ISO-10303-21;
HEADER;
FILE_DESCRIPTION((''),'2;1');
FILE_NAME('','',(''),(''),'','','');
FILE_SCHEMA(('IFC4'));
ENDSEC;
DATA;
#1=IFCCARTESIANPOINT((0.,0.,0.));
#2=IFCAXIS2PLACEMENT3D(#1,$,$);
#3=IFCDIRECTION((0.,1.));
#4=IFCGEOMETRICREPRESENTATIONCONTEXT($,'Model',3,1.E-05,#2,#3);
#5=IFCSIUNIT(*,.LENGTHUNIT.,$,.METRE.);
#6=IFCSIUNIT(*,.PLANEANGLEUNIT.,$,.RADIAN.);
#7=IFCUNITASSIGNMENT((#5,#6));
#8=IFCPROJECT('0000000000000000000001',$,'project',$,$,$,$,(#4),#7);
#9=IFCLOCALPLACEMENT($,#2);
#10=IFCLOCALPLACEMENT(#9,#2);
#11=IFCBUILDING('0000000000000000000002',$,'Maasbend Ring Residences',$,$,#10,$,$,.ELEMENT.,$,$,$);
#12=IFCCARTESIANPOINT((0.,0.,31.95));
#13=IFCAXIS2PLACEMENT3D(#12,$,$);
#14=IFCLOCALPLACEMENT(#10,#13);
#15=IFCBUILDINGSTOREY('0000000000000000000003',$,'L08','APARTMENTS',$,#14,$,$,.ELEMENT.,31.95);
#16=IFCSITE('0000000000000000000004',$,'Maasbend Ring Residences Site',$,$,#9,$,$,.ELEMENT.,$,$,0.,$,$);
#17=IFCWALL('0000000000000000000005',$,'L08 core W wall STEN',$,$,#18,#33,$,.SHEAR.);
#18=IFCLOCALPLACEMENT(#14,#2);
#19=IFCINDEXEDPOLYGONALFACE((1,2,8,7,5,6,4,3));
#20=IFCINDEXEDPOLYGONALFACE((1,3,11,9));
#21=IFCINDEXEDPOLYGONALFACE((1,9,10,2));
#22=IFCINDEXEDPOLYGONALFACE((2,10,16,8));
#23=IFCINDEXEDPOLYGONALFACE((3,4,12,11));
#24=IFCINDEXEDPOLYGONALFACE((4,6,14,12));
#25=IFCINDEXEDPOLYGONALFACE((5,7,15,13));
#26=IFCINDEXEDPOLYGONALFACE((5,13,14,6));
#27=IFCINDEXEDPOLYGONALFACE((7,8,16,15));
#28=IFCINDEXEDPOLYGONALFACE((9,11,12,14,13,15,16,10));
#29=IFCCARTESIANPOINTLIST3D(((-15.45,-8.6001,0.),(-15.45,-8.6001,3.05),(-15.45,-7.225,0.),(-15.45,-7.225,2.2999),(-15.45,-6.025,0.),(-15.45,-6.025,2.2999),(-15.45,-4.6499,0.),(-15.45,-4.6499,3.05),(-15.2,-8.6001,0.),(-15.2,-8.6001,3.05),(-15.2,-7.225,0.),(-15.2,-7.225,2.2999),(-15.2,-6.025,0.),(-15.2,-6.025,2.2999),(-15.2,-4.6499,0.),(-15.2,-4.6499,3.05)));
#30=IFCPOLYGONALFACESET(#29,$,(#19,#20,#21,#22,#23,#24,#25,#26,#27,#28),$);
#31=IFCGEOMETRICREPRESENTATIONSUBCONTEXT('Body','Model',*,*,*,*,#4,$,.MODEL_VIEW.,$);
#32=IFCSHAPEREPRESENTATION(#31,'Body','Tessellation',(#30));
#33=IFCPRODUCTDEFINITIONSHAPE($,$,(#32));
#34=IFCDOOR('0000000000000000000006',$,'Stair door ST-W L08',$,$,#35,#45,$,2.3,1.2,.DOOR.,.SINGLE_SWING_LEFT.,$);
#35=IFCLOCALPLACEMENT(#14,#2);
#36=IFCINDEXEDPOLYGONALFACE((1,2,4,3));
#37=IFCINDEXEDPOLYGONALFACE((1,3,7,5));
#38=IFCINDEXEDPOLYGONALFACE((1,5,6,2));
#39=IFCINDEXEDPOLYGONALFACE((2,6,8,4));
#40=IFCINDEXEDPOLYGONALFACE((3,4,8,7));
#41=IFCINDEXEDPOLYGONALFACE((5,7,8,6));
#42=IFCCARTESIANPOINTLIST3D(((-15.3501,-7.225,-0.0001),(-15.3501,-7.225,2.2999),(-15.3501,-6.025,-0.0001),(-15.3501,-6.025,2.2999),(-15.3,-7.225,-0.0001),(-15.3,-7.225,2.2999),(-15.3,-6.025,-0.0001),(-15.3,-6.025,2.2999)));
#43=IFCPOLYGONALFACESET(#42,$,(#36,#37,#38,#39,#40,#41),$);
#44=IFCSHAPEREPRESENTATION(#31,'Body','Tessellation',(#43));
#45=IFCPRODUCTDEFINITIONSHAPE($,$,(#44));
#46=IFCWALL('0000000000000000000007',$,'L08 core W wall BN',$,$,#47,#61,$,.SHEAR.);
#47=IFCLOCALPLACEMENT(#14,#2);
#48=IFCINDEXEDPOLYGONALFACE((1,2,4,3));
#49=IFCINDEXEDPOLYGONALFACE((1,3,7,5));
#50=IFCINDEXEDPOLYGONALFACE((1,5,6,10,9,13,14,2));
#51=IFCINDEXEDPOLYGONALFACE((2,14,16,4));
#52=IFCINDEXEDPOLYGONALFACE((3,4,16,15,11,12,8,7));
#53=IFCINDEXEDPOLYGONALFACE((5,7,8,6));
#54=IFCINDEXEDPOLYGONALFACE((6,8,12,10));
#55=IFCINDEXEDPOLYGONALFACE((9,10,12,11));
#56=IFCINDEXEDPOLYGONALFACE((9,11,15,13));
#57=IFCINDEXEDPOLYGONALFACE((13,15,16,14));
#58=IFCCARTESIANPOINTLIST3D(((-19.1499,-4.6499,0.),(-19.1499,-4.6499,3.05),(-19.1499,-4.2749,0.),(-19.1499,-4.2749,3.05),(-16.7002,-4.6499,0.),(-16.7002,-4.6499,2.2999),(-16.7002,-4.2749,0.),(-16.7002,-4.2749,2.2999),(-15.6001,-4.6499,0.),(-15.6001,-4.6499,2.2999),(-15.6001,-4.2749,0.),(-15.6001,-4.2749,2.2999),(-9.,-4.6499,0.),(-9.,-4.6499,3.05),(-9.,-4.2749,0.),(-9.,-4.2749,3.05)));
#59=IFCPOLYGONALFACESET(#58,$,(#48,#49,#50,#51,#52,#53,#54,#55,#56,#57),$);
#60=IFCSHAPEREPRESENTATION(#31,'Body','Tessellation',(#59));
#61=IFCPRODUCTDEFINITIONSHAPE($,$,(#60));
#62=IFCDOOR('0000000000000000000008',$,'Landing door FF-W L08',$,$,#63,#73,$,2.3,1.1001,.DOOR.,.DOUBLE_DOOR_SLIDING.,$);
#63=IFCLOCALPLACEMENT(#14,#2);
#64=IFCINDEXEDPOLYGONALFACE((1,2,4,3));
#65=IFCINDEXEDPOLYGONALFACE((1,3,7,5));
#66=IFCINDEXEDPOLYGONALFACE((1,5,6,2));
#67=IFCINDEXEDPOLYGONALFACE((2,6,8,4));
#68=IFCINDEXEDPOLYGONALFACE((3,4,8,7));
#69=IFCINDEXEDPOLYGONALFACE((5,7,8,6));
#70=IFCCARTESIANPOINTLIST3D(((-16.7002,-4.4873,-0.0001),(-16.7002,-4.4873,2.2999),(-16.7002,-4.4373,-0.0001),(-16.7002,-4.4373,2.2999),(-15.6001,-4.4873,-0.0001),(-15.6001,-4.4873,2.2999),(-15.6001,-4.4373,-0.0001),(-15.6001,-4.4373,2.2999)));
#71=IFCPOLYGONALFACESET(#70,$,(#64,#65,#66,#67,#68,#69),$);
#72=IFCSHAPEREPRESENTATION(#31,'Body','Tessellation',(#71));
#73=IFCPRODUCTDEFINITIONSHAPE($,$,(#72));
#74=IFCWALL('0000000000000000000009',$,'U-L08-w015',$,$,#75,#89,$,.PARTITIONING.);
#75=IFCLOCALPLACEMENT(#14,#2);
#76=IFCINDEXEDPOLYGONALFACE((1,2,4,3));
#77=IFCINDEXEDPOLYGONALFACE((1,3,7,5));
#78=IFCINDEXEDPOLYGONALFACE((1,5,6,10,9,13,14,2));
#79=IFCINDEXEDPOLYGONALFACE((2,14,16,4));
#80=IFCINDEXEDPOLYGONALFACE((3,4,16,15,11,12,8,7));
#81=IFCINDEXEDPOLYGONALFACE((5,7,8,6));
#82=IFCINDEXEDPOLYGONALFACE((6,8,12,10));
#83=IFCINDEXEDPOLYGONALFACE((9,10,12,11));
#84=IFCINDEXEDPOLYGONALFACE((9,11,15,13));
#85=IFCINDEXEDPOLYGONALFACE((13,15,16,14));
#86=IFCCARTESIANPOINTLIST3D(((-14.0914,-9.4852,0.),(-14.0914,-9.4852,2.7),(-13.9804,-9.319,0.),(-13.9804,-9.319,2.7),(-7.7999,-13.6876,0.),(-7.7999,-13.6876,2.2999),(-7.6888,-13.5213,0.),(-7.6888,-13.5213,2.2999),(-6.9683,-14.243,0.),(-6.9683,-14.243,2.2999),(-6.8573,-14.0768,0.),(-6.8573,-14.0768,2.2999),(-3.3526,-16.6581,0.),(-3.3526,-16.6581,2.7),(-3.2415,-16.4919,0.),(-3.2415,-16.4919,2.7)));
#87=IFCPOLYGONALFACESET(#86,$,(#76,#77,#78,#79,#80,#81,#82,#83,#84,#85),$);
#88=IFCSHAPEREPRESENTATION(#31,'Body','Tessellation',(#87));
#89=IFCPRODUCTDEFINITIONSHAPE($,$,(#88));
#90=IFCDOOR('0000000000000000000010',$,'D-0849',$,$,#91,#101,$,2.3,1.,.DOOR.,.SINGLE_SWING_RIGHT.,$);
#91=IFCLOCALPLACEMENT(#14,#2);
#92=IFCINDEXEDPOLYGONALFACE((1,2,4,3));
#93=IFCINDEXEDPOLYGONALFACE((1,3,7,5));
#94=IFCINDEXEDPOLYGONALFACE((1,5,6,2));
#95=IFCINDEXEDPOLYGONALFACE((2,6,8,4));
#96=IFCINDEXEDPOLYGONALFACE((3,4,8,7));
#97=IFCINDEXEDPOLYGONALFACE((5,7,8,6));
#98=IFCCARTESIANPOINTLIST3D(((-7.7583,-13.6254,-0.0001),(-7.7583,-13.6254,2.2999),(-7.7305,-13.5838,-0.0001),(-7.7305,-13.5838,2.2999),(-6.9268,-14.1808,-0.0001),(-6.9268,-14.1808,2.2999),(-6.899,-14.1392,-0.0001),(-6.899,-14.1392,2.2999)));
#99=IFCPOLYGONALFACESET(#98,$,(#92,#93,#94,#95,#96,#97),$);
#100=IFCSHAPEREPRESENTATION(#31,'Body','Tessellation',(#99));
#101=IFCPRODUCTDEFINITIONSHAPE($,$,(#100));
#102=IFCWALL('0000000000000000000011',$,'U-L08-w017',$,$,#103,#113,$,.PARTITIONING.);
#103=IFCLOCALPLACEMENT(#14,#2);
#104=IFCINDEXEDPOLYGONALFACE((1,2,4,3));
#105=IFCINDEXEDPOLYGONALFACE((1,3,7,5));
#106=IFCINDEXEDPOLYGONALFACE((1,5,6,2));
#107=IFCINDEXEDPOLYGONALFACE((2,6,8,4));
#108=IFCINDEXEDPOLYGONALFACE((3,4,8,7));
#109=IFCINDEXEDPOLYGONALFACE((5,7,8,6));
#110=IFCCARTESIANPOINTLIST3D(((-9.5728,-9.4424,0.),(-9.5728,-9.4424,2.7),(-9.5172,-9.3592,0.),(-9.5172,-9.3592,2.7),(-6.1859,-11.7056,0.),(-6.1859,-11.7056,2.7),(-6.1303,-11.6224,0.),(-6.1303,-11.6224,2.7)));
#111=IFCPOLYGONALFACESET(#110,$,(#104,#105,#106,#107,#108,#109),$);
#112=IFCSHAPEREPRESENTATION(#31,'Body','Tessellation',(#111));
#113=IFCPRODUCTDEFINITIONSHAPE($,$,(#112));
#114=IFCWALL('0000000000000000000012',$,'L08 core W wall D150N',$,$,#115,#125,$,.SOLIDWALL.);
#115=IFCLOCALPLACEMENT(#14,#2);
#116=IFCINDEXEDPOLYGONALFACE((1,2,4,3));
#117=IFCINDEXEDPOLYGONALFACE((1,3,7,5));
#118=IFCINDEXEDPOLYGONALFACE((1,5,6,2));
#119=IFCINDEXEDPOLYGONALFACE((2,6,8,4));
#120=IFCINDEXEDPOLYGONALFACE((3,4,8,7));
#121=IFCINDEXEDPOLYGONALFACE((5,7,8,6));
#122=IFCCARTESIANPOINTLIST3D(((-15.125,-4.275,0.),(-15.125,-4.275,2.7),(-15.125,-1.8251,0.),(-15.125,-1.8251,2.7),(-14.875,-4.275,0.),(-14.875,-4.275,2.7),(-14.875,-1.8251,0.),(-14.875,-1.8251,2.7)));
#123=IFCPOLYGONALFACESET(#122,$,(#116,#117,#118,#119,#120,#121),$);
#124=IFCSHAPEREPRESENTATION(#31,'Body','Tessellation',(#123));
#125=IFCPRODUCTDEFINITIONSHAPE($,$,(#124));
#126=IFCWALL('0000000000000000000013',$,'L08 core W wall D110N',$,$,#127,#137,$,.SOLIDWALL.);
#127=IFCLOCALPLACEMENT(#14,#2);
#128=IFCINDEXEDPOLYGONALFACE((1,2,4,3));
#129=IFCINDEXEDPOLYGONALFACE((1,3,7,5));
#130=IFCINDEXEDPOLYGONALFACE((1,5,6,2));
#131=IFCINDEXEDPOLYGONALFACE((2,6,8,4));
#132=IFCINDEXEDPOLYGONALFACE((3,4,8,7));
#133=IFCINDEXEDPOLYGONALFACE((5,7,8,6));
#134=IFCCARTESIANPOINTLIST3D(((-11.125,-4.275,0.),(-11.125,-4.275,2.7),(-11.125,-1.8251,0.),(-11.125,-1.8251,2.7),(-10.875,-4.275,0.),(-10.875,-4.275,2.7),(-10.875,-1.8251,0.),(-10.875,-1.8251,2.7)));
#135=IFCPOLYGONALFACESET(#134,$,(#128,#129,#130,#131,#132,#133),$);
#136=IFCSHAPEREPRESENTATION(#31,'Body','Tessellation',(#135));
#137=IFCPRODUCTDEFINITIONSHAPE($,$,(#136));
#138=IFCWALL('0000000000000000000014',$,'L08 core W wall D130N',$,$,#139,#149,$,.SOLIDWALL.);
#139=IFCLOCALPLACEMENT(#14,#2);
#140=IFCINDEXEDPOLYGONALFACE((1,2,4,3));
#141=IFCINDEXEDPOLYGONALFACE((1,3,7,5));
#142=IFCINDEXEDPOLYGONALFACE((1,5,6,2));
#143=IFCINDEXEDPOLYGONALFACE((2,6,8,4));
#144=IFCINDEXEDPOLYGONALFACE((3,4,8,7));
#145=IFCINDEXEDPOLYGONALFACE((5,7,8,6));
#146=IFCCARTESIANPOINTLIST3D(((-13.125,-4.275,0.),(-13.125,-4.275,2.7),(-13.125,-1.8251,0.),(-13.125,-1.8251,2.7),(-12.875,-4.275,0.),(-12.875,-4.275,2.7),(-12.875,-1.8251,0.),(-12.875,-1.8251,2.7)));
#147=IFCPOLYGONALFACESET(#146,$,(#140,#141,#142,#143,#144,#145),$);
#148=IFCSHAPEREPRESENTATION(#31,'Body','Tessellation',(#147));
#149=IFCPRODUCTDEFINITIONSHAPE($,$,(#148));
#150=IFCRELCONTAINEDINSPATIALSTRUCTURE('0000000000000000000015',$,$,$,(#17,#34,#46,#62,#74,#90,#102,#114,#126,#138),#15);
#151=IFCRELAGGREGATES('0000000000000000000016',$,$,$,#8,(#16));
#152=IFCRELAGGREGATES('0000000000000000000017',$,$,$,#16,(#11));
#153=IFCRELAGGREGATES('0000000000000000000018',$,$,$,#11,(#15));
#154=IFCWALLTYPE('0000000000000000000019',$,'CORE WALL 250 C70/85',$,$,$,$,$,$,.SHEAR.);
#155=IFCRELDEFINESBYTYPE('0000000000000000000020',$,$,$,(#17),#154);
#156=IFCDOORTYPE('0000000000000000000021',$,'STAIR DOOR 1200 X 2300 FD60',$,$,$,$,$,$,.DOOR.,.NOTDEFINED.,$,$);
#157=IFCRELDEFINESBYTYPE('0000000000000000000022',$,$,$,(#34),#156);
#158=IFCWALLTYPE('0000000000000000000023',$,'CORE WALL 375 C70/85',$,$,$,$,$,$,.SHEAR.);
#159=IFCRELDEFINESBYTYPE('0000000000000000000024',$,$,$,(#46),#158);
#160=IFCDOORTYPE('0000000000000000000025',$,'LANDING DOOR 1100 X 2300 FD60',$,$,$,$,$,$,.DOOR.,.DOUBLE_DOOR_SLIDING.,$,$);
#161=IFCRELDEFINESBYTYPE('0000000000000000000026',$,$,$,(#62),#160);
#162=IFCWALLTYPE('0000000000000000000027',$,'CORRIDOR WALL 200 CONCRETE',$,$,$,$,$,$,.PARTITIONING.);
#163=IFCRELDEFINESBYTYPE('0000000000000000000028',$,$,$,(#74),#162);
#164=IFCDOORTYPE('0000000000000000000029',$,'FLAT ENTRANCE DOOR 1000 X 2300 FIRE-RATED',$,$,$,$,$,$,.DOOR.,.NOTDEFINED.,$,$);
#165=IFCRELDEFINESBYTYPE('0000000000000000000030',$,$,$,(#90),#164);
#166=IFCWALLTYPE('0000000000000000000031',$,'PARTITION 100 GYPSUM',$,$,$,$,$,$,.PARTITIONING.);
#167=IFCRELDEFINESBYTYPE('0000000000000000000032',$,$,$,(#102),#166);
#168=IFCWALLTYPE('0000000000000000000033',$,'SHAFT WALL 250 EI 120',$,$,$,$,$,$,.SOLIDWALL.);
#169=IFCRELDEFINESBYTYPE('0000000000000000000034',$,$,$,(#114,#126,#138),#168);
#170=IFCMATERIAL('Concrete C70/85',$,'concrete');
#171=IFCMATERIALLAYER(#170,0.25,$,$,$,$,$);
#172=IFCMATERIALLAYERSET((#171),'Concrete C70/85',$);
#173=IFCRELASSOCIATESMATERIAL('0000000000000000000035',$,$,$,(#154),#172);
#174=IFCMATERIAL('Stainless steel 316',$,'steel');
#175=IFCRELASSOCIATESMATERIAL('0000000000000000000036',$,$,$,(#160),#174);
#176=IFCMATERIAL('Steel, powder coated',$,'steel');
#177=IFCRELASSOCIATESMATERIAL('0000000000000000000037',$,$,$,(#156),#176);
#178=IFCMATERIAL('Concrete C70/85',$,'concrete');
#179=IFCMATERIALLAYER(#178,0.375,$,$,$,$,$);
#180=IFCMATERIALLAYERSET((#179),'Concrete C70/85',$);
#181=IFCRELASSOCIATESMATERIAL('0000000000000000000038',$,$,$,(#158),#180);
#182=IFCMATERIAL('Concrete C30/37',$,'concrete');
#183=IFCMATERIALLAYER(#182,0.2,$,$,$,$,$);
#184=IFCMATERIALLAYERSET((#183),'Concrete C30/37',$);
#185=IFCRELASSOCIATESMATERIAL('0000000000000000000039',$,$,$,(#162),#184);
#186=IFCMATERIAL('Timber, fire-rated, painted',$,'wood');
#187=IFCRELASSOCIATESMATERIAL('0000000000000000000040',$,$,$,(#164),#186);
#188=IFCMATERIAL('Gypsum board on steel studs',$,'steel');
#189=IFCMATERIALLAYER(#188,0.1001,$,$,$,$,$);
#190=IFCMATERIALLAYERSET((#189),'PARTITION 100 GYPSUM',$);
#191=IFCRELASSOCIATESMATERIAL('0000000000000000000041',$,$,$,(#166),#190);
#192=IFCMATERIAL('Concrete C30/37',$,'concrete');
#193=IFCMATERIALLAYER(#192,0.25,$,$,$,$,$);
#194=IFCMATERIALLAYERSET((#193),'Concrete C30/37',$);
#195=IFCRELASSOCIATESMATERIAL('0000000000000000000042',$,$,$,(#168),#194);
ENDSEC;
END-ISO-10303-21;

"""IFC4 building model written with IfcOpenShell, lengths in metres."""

from ifc_helpers import new_model, si_unit, direction, frame, frame_2d, origin, place, context, subcontext, project, spatial, rectangle, extrude, material, layer, layer_set, type_object, element, fill, save


model = new_model("IFC4")

# Units and contexts
model_context = context("Model", 3, precision=1e-05, world=origin(), true_north=direction((0.0, 1.0)))
body_context = subcontext(model_context, "Body", "Model", "MODEL_VIEW")
ifc_project = project(units=[si_unit("LENGTHUNIT", "METRE"), si_unit("PLANEANGLEUNIT", "RADIAN")], contexts=[model_context])

# Site, building, storey
site_placement = place(None, origin())
site = spatial("IfcSite", under=ifc_project, at=site_placement, Name="Maasbend Ring Residences Site", CompositionType="ELEMENT", RefElevation=0.0)
building_placement = place(site_placement, origin())
building = spatial("IfcBuilding", under=site, at=building_placement, Name="Maasbend Ring Residences", CompositionType="ELEMENT")
storey_placement = place(building_placement, frame((0.0, 0.0, 31.95)))
storey = spatial("IfcBuildingStorey", under=building, at=storey_placement, Name="L08", Description="APARTMENTS", CompositionType="ELEMENT", Elevation=31.95)

# Shared definitions
ifc_material_1 = material(Name="Concrete C70/85", Category="concrete")
ifc_layer_1 = layer(ifc_material_1, 0.25)
ifc_layer_set_1 = layer_set([ifc_layer_1], Name="Concrete C70/85")
wall_type_1 = type_object("IfcWallType", Name="CORE WALL 250 C70/85", PredefinedType="SHEAR", material=ifc_layer_set_1)
ifc_material_2 = material(Name="Stainless steel 316", Category="steel")
door_type_1 = type_object("IfcDoorType", Name="LANDING DOOR 1100 X 2300 FD60", OperationType="DOUBLE_DOOR_SLIDING", PredefinedType="DOOR", material=ifc_material_2)

# Walls, openings, doors
wall_1_placement = place(storey_placement, frame((-15.325, -4.6499, 0.0), z_axis=(0.0, 0.0, 1.0), x_axis=(0.0, -1.0, 0.0)))
wall_1 = element("IfcWall", 1, at=wall_1_placement, inside=storey, type_object=wall_type_1, Name="L08 core W wall STEN", PredefinedType="SHEAR", context=body_context, shape_type="SweptSolid", body=[
    extrude(rectangle(XDim=3.9502, YDim=0.25, at=frame_2d((1.9751, 0.0))), origin(), (0.0, 0.0, 1.0), 3.05),
])
opening_1_placement = place(wall_1_placement, frame((1.375, 0.0, 0.0)))
opening_1 = element("IfcOpeningElement", 2, at=opening_1_placement, cuts=wall_1, PredefinedType="OPENING", context=body_context, shape_type="SweptSolid", body=[
    extrude(rectangle(XDim=1.2, YDim=2.3, at=frame_2d((0.6001, 1.1499))), frame((0.0, 0.135, 0.0), z_axis=(0.0, -1.0, 0.0), x_axis=(1.0, 0.0, 0.0)), (0.0, 0.0, 1.0), 0.27),
])
ifc_material_3 = material(Name="Steel, powder coated", Category="steel")
door_type_2 = type_object("IfcDoorType", Name="STAIR DOOR 1200 X 2300 FD60", OperationType="NOTDEFINED", PredefinedType="DOOR", material=ifc_material_3)
door_1_placement = place(opening_1_placement, origin())
door_1 = element("IfcDoor", 3, at=door_1_placement, inside=storey, type_object=door_type_2, Name="Stair door ST-W L08", OperationType="SINGLE_SWING_LEFT", OverallHeight=2.3, OverallWidth=1.2, PredefinedType="DOOR", context=body_context, shape_type="SweptSolid", body=[
    extrude(rectangle(XDim=1.2, YDim=2.3, at=frame_2d((0.6001, 1.1499))), frame((0.0, 0.0249, 0.0), z_axis=(0.0, -1.0, 0.0), x_axis=(1.0, 0.0, 0.0)), (0.0, 0.0, 1.0), 0.05),
])
fill(opening_1, door_1)
ifc_material_4 = material(Name="Concrete C70/85", Category="concrete")
ifc_layer_2 = layer(ifc_material_4, 0.375)
ifc_layer_set_2 = layer_set([ifc_layer_2], Name="Concrete C70/85")
wall_type_2 = type_object("IfcWallType", Name="CORE WALL 375 C70/85", PredefinedType="SHEAR", material=ifc_layer_set_2)
wall_2_placement = place(storey_placement, frame((-9.0, -4.4624, 0.0), z_axis=(0.0, 0.0, 1.0), x_axis=(-1.0, 0.0, 0.0)))
wall_2 = element("IfcWall", 4, at=wall_2_placement, inside=storey, type_object=wall_type_2, Name="L08 core W wall BN", PredefinedType="SHEAR", context=body_context, shape_type="SweptSolid", body=[
    extrude(rectangle(XDim=10.1499, YDim=0.375, at=frame_2d((5.075, 0.0))), origin(), (0.0, 0.0, 1.0), 3.05),
])
opening_2_placement = place(wall_2_placement, frame((6.6001, 0.0, 0.0)))
opening_2 = element("IfcOpeningElement", 5, at=opening_2_placement, cuts=wall_2, PredefinedType="OPENING", context=body_context, shape_type="SweptSolid", body=[
    extrude(rectangle(XDim=1.1001, YDim=2.3, at=frame_2d((0.55, 1.1499))), frame((0.0, 0.1975, 0.0), z_axis=(0.0, -1.0, 0.0), x_axis=(1.0, 0.0, 0.0)), (0.0, 0.0, 1.0), 0.395),
])
door_2_placement = place(opening_2_placement, origin())
door_2 = element("IfcDoor", 6, at=door_2_placement, inside=storey, type_object=door_type_1, Name="Landing door FF-W L08", OperationType="DOUBLE_DOOR_SLIDING", OverallHeight=2.3, OverallWidth=1.1001, PredefinedType="DOOR", context=body_context, shape_type="SweptSolid", body=[
    extrude(rectangle(XDim=1.1001, YDim=2.3, at=frame_2d((0.55, 1.1499))), frame((0.0, 0.0249, 0.0), z_axis=(0.0, -1.0, 0.0), x_axis=(1.0, 0.0, 0.0)), (0.0, 0.0, 1.0), 0.05),
])
fill(opening_2, door_2)
ifc_material_5 = material(Name="Concrete C30/37", Category="concrete")
ifc_layer_3 = layer(ifc_material_5, 0.2)
ifc_layer_set_3 = layer_set([ifc_layer_3], Name="Concrete C30/37")
wall_type_3 = type_object("IfcWallType", Name="CORRIDOR WALL 200 CONCRETE", PredefinedType="PARTITIONING", material=ifc_layer_set_3)
wall_3_placement = place(storey_placement, frame((-14.0359, -9.4021, 0.0), z_axis=(0.0, 0.0, 1.0), x_axis=(0.831561, -0.555433, 0.0)))
wall_3 = element("IfcWall", 7, at=wall_3_placement, inside=storey, type_object=wall_type_3, Name="U-L08-w015", PredefinedType="PARTITIONING", context=body_context, shape_type="SweptSolid", body=[
    extrude(rectangle(XDim=12.9141, YDim=0.2, at=frame_2d((6.457, 0.0))), origin(), (0.0, 0.0, 1.0), 2.7),
])
opening_3_placement = place(wall_3_placement, frame((7.5659, 0.0, 0.0)))
opening_3 = element("IfcOpeningElement", 8, at=opening_3_placement, cuts=wall_3, PredefinedType="OPENING", context=body_context, shape_type="SweptSolid", body=[
    extrude(rectangle(XDim=1.0, YDim=2.3, at=frame_2d((0.5, 1.1499))), frame((0.0, 0.1099, 0.0), z_axis=(0.0, -1.0, 0.0), x_axis=(1.0, 0.0, 0.0)), (0.0, 0.0, 1.0), 0.22),
])
ifc_material_6 = material(Name="Timber, fire-rated, painted", Category="wood")
door_type_3 = type_object("IfcDoorType", Name="FLAT ENTRANCE DOOR 1000 X 2300 FIRE-RATED", OperationType="NOTDEFINED", PredefinedType="DOOR", material=ifc_material_6)
door_3_placement = place(opening_3_placement, origin())
door_3 = element("IfcDoor", 9, at=door_3_placement, inside=storey, type_object=door_type_3, Name="D-0849", OperationType="SINGLE_SWING_RIGHT", OverallHeight=2.3, OverallWidth=1.0, PredefinedType="DOOR", context=body_context, shape_type="SweptSolid", body=[
    extrude(rectangle(XDim=1.0, YDim=2.3, at=frame_2d((0.5, 1.1499))), frame((0.0, 0.0249, 0.0), z_axis=(0.0, -1.0, 0.0), x_axis=(1.0, 0.0, 0.0)), (0.0, 0.0, 1.0), 0.05),
])
fill(opening_3, door_3)

# Walls
ifc_material_7 = material(Name="Gypsum board on steel studs", Category="steel")
ifc_layer_4 = layer(ifc_material_7, 0.1001)
ifc_layer_set_4 = layer_set([ifc_layer_4], Name="PARTITION 100 GYPSUM")
wall_type_4 = type_object("IfcWallType", Name="PARTITION 100 GYPSUM", PredefinedType="PARTITIONING", material=ifc_layer_set_4)
wall_4_placement = place(storey_placement, frame((-9.5449, -9.4009, 0.0), z_axis=(0.0, 0.0, 1.0), x_axis=(0.83146, -0.555585, 0.0)))
element("IfcWall", 10, at=wall_4_placement, inside=storey, type_object=wall_type_4, Name="U-L08-w017", PredefinedType="PARTITIONING", context=body_context, shape_type="SweptSolid", body=[
    extrude(rectangle(XDim=4.0735, YDim=0.1001, at=frame_2d((2.0366, 0.0))), origin(), (0.0, 0.0, 1.0), 2.7),
])
ifc_material_8 = material(Name="Concrete C30/37", Category="concrete")
ifc_layer_5 = layer(ifc_material_8, 0.25)
ifc_layer_set_5 = layer_set([ifc_layer_5], Name="Concrete C30/37")
wall_type_5 = type_object("IfcWallType", Name="SHAFT WALL 250 EI 120", PredefinedType="SOLIDWALL", material=ifc_layer_set_5)
for number, where, z_axis, x_axis, name in (
    (11, (-15.0, -1.825, 0.0), (0.0, 0.0, 1.0), (0.0, -1.0, 0.0), "L08 core W wall D150N"),
    (12, (-11.0, -1.825, 0.0), (0.0, 0.0, 1.0), (0.0, -1.0, 0.0), "L08 core W wall D110N"),
    (13, (-13.0, -1.825, 0.0), (0.0, 0.0, 1.0), (0.0, -1.0, 0.0), "L08 core W wall D130N"),
):
    element("IfcWall", number, at=place(storey_placement, frame(where, z_axis=z_axis, x_axis=x_axis)), inside=storey, type_object=wall_type_5, Name=name, PredefinedType="SOLIDWALL", context=body_context, shape_type="SweptSolid", body=[
        extrude(rectangle(XDim=2.45, YDim=0.25, at=frame_2d((1.2251, 0.0))), origin(), (0.0, 0.0, 1.0), 2.7),
    ])

save(model, "model.ifc")
